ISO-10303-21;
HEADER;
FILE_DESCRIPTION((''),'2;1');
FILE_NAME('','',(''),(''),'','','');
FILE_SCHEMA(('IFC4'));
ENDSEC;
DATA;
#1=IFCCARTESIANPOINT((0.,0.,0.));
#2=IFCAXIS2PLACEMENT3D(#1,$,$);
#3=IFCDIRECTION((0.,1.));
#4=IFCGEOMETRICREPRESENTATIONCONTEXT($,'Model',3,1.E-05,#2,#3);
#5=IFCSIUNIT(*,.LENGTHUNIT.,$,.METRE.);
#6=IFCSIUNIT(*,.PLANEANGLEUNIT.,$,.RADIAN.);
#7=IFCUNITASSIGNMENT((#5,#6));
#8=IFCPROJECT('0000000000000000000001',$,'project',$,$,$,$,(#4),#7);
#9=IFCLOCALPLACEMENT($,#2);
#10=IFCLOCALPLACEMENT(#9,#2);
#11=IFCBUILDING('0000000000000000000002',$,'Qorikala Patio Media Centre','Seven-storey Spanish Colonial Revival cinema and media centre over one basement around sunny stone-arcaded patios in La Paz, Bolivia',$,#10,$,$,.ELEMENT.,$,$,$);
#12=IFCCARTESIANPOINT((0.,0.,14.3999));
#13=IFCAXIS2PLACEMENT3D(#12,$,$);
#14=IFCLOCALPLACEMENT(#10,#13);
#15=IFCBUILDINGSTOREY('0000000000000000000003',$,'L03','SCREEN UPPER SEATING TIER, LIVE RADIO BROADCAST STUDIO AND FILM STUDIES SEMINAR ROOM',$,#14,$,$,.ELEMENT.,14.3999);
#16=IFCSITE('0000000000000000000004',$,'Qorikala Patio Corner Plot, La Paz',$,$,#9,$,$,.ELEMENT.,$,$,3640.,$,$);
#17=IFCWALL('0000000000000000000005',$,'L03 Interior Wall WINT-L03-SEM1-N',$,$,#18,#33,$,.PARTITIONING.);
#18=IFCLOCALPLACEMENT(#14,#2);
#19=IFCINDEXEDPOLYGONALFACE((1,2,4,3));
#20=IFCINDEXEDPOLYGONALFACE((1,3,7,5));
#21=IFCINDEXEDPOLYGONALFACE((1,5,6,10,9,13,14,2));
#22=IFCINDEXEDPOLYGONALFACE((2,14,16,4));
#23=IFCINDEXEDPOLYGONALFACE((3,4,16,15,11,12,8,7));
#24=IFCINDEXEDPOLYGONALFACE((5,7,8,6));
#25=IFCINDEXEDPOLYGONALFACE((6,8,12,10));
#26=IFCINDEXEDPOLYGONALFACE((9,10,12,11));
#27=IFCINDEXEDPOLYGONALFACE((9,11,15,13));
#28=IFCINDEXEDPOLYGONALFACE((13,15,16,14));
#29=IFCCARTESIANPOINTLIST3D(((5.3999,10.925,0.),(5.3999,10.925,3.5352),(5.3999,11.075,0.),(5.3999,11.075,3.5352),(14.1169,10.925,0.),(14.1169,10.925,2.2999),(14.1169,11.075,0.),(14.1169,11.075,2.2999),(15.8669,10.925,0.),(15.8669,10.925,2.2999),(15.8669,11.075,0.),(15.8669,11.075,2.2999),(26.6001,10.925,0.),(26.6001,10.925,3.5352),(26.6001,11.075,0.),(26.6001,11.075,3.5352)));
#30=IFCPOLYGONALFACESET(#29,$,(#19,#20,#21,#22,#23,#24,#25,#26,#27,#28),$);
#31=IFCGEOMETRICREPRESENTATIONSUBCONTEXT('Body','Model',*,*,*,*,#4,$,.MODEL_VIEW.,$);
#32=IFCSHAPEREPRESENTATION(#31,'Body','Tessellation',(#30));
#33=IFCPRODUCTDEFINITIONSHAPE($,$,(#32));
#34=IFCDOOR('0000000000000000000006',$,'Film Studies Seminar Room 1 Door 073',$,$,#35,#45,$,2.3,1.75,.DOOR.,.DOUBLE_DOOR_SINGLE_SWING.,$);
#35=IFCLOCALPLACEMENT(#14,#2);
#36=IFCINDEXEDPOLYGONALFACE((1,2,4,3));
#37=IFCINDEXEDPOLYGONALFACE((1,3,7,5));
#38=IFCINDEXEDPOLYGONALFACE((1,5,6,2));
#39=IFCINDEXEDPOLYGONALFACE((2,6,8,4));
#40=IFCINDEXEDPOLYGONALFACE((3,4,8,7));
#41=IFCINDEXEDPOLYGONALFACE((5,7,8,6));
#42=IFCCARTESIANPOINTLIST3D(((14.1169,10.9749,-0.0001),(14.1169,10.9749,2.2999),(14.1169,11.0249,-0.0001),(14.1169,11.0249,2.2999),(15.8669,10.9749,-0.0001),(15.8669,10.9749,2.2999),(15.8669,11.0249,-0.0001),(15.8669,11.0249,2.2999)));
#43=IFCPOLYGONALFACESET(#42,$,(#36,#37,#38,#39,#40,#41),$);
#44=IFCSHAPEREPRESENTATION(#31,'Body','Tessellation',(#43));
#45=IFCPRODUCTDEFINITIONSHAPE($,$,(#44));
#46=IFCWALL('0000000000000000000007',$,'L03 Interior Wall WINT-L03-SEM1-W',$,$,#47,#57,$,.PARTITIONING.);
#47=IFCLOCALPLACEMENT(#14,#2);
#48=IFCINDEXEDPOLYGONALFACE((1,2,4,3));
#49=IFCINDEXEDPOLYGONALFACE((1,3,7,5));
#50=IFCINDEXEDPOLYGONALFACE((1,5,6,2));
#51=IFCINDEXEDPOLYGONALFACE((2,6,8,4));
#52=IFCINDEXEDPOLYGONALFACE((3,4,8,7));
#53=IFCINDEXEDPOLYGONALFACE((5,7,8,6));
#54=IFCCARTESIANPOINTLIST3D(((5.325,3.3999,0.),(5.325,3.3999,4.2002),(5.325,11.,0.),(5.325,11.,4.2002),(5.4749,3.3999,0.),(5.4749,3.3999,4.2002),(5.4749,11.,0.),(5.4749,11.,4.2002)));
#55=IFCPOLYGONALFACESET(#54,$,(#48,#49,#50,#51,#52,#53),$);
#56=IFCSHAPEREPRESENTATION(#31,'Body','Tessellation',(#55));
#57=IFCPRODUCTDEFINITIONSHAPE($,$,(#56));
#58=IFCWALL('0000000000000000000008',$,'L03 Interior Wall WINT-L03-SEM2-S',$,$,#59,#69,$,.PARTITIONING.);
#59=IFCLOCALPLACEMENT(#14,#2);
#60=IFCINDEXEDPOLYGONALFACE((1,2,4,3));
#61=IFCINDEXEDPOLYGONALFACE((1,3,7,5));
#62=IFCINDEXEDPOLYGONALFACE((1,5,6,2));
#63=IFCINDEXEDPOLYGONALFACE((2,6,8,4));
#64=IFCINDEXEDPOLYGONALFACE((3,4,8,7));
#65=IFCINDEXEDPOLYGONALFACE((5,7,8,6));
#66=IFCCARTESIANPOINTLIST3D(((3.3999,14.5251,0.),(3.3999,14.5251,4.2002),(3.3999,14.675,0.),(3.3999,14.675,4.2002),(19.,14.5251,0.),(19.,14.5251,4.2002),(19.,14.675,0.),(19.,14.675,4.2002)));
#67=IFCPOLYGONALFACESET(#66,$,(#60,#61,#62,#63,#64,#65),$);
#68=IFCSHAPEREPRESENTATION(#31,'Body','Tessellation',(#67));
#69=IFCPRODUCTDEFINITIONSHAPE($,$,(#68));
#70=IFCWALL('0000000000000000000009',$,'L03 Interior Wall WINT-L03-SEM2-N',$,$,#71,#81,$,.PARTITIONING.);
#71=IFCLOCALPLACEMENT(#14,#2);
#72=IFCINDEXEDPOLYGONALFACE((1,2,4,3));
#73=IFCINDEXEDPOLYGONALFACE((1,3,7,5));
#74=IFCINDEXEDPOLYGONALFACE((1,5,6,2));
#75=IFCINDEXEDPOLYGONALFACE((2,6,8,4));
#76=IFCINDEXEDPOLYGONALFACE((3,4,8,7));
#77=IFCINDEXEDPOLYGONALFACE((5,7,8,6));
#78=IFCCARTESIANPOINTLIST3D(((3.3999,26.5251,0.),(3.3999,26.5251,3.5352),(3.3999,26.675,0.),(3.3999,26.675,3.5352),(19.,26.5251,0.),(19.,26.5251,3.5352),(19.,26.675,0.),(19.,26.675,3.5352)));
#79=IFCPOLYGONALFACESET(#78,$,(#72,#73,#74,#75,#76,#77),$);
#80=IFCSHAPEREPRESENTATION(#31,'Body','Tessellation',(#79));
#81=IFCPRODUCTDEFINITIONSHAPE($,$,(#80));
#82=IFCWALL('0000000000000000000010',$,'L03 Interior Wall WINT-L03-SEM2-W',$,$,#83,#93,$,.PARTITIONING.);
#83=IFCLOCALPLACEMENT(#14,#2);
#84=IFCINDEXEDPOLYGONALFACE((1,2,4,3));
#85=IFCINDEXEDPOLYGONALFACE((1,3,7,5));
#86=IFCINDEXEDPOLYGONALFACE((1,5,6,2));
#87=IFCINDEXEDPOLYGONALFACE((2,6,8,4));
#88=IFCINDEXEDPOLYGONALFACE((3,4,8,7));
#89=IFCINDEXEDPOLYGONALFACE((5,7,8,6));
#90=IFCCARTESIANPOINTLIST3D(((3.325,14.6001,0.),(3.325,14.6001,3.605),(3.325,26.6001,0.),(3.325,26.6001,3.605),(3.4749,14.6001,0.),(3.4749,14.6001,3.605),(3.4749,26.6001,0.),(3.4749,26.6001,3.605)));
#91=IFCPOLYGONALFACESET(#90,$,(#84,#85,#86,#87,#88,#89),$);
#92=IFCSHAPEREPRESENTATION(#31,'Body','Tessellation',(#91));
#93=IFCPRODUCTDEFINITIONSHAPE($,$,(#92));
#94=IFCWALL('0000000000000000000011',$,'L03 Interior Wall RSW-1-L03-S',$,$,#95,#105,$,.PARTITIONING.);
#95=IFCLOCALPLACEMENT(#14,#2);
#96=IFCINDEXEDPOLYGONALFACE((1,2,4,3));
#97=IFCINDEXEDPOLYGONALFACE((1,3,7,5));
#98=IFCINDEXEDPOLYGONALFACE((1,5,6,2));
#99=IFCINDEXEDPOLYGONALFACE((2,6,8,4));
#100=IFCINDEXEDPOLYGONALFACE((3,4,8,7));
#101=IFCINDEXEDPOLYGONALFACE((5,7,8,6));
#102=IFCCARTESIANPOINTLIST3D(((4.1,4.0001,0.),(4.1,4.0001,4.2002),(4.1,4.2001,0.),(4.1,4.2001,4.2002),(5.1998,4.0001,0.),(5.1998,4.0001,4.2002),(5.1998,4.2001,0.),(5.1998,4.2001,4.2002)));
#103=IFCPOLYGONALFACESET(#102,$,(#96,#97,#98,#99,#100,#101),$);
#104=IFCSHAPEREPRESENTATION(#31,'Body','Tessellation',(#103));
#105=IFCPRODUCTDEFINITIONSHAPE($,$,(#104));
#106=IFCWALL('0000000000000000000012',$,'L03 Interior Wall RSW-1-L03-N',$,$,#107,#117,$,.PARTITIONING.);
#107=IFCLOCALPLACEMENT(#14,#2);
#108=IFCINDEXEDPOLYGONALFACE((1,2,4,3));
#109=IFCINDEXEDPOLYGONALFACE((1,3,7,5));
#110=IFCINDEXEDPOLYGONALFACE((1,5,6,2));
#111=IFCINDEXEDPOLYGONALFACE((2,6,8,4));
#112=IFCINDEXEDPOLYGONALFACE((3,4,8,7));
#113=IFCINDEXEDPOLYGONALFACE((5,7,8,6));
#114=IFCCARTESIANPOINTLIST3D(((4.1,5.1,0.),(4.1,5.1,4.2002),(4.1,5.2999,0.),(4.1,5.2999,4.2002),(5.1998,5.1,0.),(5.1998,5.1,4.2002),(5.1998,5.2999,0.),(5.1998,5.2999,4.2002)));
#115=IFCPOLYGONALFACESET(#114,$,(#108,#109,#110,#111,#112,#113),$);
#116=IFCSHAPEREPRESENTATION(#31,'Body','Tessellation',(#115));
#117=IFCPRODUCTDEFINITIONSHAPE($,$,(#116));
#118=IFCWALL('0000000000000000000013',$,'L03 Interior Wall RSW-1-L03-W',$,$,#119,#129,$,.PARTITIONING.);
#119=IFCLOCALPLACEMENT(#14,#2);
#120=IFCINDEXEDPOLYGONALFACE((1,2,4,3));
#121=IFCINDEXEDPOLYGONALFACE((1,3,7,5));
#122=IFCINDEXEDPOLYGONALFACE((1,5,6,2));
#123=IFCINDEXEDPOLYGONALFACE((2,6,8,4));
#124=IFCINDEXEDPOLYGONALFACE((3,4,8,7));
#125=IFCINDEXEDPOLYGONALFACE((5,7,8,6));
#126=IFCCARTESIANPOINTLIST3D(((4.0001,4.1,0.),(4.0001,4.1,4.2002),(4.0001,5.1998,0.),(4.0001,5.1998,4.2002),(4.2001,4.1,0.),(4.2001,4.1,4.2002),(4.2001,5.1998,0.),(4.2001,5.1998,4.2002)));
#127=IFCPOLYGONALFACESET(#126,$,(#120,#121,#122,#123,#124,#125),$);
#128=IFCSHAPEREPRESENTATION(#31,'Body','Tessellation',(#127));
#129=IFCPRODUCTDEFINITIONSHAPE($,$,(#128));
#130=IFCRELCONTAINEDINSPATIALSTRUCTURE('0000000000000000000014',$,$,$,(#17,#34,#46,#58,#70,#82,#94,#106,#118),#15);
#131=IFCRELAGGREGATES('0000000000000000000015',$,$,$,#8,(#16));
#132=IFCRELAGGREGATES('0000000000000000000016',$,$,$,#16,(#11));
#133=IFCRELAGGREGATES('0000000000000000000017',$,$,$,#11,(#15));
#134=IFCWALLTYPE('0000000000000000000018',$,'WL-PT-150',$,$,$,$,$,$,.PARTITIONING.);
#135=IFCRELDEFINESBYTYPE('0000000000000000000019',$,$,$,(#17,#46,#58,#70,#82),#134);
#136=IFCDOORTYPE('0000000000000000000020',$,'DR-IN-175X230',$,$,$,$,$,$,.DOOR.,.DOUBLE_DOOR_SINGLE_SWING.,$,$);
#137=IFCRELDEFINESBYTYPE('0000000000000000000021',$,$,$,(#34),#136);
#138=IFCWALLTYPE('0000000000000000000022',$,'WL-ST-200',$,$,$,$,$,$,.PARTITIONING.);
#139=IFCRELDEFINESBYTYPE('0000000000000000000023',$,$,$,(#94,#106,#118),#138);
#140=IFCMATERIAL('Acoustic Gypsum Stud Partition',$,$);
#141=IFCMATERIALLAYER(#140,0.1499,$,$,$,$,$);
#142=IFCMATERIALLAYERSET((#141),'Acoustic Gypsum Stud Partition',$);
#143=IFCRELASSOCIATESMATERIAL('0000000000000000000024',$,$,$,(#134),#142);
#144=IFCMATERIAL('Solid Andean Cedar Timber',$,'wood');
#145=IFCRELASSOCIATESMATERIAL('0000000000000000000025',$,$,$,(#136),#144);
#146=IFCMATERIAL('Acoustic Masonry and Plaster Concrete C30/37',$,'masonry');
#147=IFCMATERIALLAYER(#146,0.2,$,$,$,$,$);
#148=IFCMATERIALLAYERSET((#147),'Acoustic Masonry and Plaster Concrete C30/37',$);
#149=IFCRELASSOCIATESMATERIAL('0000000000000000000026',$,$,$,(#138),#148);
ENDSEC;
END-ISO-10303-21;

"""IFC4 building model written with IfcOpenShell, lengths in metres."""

from ifc_helpers import new_model, si_unit, direction, frame, frame_2d, origin, place, context, subcontext, project, spatial, rectangle, extrude, material, layer, layer_set, type_object, element, fill, save


model = new_model("IFC4")

# Units and contexts
model_context = context("Model", 3, precision=1e-05, world=origin(), true_north=direction((0.0, 1.0)))
body_context = subcontext(model_context, "Body", "Model", "MODEL_VIEW")
ifc_project = project(units=[si_unit("LENGTHUNIT", "METRE"), si_unit("PLANEANGLEUNIT", "RADIAN")], contexts=[model_context])

# Site, building, storey
site_placement = place(None, origin())
site = spatial("IfcSite", under=ifc_project, at=site_placement, Name="Qorikala Patio Corner Plot, La Paz", CompositionType="ELEMENT", RefElevation=3640.0)
building_placement = place(site_placement, origin())
building = spatial("IfcBuilding", under=site, at=building_placement, Name="Qorikala Patio Media Centre", Description="Seven-storey Spanish Colonial Revival cinema and media centre over one basement around sunny stone-arcaded patios in La Paz, Bolivia", CompositionType="ELEMENT")
storey_placement = place(building_placement, frame((0.0, 0.0, 14.3999)))
storey = spatial("IfcBuildingStorey", under=building, at=storey_placement, Name="L03", Description="SCREEN UPPER SEATING TIER, LIVE RADIO BROADCAST STUDIO AND FILM STUDIES SEMINAR ROOM", CompositionType="ELEMENT", Elevation=14.3999)

# Shared definitions
ifc_material_1 = material(Name="Acoustic Gypsum Stud Partition")
ifc_layer_1 = layer(ifc_material_1, 0.1499)
ifc_layer_set_1 = layer_set([ifc_layer_1], Name="Acoustic Gypsum Stud Partition")
wall_type_1 = type_object("IfcWallType", Name="WL-PT-150", PredefinedType="PARTITIONING", material=ifc_layer_set_1)

# Wall, opening, door
wall_1_placement = place(storey_placement, frame((5.3999, 11.0, 0.0), z_axis=(0.0, 0.0, 1.0), x_axis=(1.0, 0.0, 0.0)))
wall_1 = element("IfcWall", 1, at=wall_1_placement, inside=storey, type_object=wall_type_1, Name="L03 Interior Wall WINT-L03-SEM1-N", PredefinedType="PARTITIONING", context=body_context, shape_type="SweptSolid", body=[
    extrude(rectangle(XDim=21.2002, YDim=0.1499, at=frame_2d((10.6001, 0.0))), origin(), (0.0, 0.0, 1.0), 3.5352),
])
opening_1_placement = place(wall_1_placement, frame((8.717, 0.0, 0.0)))
opening_1 = element("IfcOpeningElement", 2, at=opening_1_placement, cuts=wall_1, PredefinedType="OPENING", context=body_context, shape_type="SweptSolid", body=[
    extrude(rectangle(XDim=1.75, YDim=2.3, at=frame_2d((0.875, 1.1499))), frame((0.0, 0.085, 0.0), z_axis=(0.0, -1.0, 0.0), x_axis=(1.0, 0.0, 0.0)), (0.0, 0.0, 1.0), 0.1699),
])
ifc_material_2 = material(Name="Solid Andean Cedar Timber", Category="wood")
door_type = type_object("IfcDoorType", Name="DR-IN-175X230", OperationType="DOUBLE_DOOR_SINGLE_SWING", PredefinedType="DOOR", material=ifc_material_2)
door_placement = place(opening_1_placement, origin())
door = element("IfcDoor", 3, at=door_placement, inside=storey, type_object=door_type, Name="Film Studies Seminar Room 1 Door 073", OperationType="DOUBLE_DOOR_SINGLE_SWING", OverallHeight=2.3, OverallWidth=1.75, PredefinedType="DOOR", context=body_context, shape_type="SweptSolid", body=[
    extrude(rectangle(XDim=1.75, YDim=2.3, at=frame_2d((0.875, 1.1499))), frame((0.0, 0.0249, 0.0), z_axis=(0.0, -1.0, 0.0), x_axis=(1.0, 0.0, 0.0)), (0.0, 0.0, 1.0), 0.05),
])
fill(opening_1, door)

# Walls
wall_2_placement = place(storey_placement, frame((5.3999, 3.3999, 0.0), z_axis=(0.0, 0.0, 1.0), x_axis=(0.0, 1.0, 0.0)))
element("IfcWall", 4, at=wall_2_placement, inside=storey, type_object=wall_type_1, Name="L03 Interior Wall WINT-L03-SEM1-W", PredefinedType="PARTITIONING", context=body_context, shape_type="SweptSolid", body=[
    extrude(rectangle(XDim=7.6001, YDim=0.1499, at=frame_2d((3.8, 0.0))), origin(), (0.0, 0.0, 1.0), 4.2002),
])
wall_3_placement = place(storey_placement, frame((3.3999, 14.6001, 0.0), z_axis=(0.0, 0.0, 1.0), x_axis=(1.0, 0.0, 0.0)))
element("IfcWall", 5, at=wall_3_placement, inside=storey, type_object=wall_type_1, Name="L03 Interior Wall WINT-L03-SEM2-S", PredefinedType="PARTITIONING", context=body_context, shape_type="SweptSolid", body=[
    extrude(rectangle(XDim=15.6001, YDim=0.1499, at=frame_2d((7.8, 0.0))), origin(), (0.0, 0.0, 1.0), 4.2002),
])
wall_4_placement = place(storey_placement, frame((3.3999, 26.6001, 0.0), z_axis=(0.0, 0.0, 1.0), x_axis=(1.0, 0.0, 0.0)))
element("IfcWall", 6, at=wall_4_placement, inside=storey, type_object=wall_type_1, Name="L03 Interior Wall WINT-L03-SEM2-N", PredefinedType="PARTITIONING", context=body_context, shape_type="SweptSolid", body=[
    extrude(rectangle(XDim=15.6001, YDim=0.1499, at=frame_2d((7.8, 0.0))), origin(), (0.0, 0.0, 1.0), 3.5352),
])
wall_5_placement = place(storey_placement, frame((3.3999, 14.6001, 0.0), z_axis=(0.0, 0.0, 1.0), x_axis=(0.0, 1.0, 0.0)))
element("IfcWall", 7, at=wall_5_placement, inside=storey, type_object=wall_type_1, Name="L03 Interior Wall WINT-L03-SEM2-W", PredefinedType="PARTITIONING", context=body_context, shape_type="SweptSolid", body=[
    extrude(rectangle(XDim=12.0, YDim=0.1499, at=frame_2d((6.0, 0.0))), origin(), (0.0, 0.0, 1.0), 3.605),
])
ifc_material_3 = material(Name="Acoustic Masonry and Plaster Concrete C30/37", Category="masonry")
ifc_layer_2 = layer(ifc_material_3, 0.2)
ifc_layer_set_2 = layer_set([ifc_layer_2], Name="Acoustic Masonry and Plaster Concrete C30/37")
wall_type_2 = type_object("IfcWallType", Name="WL-ST-200", PredefinedType="PARTITIONING", material=ifc_layer_set_2)
for number, where, z_axis, x_axis, name in (
    (8, (4.1001, 4.1001, 0.0), (0.0, 0.0, 1.0), (1.0, 0.0, 0.0), "L03 Interior Wall RSW-1-L03-S"),
    (9, (4.1001, 5.2, 0.0), (0.0, 0.0, 1.0), (1.0, 0.0, 0.0), "L03 Interior Wall RSW-1-L03-N"),
    (10, (4.1001, 4.1001, 0.0), (0.0, 0.0, 1.0), (0.0, 1.0, 0.0), "L03 Interior Wall RSW-1-L03-W"),
):
    element("IfcWall", number, at=place(storey_placement, frame(where, z_axis=z_axis, x_axis=x_axis)), inside=storey, type_object=wall_type_2, Name=name, PredefinedType="PARTITIONING", context=body_context, shape_type="SweptSolid", body=[
        extrude(rectangle(XDim=1.0999, YDim=0.2, at=frame_2d((0.5498, 0.0))), origin(), (0.0, 0.0, 1.0), 4.2002),
    ])

save(model, "model.ifc")
